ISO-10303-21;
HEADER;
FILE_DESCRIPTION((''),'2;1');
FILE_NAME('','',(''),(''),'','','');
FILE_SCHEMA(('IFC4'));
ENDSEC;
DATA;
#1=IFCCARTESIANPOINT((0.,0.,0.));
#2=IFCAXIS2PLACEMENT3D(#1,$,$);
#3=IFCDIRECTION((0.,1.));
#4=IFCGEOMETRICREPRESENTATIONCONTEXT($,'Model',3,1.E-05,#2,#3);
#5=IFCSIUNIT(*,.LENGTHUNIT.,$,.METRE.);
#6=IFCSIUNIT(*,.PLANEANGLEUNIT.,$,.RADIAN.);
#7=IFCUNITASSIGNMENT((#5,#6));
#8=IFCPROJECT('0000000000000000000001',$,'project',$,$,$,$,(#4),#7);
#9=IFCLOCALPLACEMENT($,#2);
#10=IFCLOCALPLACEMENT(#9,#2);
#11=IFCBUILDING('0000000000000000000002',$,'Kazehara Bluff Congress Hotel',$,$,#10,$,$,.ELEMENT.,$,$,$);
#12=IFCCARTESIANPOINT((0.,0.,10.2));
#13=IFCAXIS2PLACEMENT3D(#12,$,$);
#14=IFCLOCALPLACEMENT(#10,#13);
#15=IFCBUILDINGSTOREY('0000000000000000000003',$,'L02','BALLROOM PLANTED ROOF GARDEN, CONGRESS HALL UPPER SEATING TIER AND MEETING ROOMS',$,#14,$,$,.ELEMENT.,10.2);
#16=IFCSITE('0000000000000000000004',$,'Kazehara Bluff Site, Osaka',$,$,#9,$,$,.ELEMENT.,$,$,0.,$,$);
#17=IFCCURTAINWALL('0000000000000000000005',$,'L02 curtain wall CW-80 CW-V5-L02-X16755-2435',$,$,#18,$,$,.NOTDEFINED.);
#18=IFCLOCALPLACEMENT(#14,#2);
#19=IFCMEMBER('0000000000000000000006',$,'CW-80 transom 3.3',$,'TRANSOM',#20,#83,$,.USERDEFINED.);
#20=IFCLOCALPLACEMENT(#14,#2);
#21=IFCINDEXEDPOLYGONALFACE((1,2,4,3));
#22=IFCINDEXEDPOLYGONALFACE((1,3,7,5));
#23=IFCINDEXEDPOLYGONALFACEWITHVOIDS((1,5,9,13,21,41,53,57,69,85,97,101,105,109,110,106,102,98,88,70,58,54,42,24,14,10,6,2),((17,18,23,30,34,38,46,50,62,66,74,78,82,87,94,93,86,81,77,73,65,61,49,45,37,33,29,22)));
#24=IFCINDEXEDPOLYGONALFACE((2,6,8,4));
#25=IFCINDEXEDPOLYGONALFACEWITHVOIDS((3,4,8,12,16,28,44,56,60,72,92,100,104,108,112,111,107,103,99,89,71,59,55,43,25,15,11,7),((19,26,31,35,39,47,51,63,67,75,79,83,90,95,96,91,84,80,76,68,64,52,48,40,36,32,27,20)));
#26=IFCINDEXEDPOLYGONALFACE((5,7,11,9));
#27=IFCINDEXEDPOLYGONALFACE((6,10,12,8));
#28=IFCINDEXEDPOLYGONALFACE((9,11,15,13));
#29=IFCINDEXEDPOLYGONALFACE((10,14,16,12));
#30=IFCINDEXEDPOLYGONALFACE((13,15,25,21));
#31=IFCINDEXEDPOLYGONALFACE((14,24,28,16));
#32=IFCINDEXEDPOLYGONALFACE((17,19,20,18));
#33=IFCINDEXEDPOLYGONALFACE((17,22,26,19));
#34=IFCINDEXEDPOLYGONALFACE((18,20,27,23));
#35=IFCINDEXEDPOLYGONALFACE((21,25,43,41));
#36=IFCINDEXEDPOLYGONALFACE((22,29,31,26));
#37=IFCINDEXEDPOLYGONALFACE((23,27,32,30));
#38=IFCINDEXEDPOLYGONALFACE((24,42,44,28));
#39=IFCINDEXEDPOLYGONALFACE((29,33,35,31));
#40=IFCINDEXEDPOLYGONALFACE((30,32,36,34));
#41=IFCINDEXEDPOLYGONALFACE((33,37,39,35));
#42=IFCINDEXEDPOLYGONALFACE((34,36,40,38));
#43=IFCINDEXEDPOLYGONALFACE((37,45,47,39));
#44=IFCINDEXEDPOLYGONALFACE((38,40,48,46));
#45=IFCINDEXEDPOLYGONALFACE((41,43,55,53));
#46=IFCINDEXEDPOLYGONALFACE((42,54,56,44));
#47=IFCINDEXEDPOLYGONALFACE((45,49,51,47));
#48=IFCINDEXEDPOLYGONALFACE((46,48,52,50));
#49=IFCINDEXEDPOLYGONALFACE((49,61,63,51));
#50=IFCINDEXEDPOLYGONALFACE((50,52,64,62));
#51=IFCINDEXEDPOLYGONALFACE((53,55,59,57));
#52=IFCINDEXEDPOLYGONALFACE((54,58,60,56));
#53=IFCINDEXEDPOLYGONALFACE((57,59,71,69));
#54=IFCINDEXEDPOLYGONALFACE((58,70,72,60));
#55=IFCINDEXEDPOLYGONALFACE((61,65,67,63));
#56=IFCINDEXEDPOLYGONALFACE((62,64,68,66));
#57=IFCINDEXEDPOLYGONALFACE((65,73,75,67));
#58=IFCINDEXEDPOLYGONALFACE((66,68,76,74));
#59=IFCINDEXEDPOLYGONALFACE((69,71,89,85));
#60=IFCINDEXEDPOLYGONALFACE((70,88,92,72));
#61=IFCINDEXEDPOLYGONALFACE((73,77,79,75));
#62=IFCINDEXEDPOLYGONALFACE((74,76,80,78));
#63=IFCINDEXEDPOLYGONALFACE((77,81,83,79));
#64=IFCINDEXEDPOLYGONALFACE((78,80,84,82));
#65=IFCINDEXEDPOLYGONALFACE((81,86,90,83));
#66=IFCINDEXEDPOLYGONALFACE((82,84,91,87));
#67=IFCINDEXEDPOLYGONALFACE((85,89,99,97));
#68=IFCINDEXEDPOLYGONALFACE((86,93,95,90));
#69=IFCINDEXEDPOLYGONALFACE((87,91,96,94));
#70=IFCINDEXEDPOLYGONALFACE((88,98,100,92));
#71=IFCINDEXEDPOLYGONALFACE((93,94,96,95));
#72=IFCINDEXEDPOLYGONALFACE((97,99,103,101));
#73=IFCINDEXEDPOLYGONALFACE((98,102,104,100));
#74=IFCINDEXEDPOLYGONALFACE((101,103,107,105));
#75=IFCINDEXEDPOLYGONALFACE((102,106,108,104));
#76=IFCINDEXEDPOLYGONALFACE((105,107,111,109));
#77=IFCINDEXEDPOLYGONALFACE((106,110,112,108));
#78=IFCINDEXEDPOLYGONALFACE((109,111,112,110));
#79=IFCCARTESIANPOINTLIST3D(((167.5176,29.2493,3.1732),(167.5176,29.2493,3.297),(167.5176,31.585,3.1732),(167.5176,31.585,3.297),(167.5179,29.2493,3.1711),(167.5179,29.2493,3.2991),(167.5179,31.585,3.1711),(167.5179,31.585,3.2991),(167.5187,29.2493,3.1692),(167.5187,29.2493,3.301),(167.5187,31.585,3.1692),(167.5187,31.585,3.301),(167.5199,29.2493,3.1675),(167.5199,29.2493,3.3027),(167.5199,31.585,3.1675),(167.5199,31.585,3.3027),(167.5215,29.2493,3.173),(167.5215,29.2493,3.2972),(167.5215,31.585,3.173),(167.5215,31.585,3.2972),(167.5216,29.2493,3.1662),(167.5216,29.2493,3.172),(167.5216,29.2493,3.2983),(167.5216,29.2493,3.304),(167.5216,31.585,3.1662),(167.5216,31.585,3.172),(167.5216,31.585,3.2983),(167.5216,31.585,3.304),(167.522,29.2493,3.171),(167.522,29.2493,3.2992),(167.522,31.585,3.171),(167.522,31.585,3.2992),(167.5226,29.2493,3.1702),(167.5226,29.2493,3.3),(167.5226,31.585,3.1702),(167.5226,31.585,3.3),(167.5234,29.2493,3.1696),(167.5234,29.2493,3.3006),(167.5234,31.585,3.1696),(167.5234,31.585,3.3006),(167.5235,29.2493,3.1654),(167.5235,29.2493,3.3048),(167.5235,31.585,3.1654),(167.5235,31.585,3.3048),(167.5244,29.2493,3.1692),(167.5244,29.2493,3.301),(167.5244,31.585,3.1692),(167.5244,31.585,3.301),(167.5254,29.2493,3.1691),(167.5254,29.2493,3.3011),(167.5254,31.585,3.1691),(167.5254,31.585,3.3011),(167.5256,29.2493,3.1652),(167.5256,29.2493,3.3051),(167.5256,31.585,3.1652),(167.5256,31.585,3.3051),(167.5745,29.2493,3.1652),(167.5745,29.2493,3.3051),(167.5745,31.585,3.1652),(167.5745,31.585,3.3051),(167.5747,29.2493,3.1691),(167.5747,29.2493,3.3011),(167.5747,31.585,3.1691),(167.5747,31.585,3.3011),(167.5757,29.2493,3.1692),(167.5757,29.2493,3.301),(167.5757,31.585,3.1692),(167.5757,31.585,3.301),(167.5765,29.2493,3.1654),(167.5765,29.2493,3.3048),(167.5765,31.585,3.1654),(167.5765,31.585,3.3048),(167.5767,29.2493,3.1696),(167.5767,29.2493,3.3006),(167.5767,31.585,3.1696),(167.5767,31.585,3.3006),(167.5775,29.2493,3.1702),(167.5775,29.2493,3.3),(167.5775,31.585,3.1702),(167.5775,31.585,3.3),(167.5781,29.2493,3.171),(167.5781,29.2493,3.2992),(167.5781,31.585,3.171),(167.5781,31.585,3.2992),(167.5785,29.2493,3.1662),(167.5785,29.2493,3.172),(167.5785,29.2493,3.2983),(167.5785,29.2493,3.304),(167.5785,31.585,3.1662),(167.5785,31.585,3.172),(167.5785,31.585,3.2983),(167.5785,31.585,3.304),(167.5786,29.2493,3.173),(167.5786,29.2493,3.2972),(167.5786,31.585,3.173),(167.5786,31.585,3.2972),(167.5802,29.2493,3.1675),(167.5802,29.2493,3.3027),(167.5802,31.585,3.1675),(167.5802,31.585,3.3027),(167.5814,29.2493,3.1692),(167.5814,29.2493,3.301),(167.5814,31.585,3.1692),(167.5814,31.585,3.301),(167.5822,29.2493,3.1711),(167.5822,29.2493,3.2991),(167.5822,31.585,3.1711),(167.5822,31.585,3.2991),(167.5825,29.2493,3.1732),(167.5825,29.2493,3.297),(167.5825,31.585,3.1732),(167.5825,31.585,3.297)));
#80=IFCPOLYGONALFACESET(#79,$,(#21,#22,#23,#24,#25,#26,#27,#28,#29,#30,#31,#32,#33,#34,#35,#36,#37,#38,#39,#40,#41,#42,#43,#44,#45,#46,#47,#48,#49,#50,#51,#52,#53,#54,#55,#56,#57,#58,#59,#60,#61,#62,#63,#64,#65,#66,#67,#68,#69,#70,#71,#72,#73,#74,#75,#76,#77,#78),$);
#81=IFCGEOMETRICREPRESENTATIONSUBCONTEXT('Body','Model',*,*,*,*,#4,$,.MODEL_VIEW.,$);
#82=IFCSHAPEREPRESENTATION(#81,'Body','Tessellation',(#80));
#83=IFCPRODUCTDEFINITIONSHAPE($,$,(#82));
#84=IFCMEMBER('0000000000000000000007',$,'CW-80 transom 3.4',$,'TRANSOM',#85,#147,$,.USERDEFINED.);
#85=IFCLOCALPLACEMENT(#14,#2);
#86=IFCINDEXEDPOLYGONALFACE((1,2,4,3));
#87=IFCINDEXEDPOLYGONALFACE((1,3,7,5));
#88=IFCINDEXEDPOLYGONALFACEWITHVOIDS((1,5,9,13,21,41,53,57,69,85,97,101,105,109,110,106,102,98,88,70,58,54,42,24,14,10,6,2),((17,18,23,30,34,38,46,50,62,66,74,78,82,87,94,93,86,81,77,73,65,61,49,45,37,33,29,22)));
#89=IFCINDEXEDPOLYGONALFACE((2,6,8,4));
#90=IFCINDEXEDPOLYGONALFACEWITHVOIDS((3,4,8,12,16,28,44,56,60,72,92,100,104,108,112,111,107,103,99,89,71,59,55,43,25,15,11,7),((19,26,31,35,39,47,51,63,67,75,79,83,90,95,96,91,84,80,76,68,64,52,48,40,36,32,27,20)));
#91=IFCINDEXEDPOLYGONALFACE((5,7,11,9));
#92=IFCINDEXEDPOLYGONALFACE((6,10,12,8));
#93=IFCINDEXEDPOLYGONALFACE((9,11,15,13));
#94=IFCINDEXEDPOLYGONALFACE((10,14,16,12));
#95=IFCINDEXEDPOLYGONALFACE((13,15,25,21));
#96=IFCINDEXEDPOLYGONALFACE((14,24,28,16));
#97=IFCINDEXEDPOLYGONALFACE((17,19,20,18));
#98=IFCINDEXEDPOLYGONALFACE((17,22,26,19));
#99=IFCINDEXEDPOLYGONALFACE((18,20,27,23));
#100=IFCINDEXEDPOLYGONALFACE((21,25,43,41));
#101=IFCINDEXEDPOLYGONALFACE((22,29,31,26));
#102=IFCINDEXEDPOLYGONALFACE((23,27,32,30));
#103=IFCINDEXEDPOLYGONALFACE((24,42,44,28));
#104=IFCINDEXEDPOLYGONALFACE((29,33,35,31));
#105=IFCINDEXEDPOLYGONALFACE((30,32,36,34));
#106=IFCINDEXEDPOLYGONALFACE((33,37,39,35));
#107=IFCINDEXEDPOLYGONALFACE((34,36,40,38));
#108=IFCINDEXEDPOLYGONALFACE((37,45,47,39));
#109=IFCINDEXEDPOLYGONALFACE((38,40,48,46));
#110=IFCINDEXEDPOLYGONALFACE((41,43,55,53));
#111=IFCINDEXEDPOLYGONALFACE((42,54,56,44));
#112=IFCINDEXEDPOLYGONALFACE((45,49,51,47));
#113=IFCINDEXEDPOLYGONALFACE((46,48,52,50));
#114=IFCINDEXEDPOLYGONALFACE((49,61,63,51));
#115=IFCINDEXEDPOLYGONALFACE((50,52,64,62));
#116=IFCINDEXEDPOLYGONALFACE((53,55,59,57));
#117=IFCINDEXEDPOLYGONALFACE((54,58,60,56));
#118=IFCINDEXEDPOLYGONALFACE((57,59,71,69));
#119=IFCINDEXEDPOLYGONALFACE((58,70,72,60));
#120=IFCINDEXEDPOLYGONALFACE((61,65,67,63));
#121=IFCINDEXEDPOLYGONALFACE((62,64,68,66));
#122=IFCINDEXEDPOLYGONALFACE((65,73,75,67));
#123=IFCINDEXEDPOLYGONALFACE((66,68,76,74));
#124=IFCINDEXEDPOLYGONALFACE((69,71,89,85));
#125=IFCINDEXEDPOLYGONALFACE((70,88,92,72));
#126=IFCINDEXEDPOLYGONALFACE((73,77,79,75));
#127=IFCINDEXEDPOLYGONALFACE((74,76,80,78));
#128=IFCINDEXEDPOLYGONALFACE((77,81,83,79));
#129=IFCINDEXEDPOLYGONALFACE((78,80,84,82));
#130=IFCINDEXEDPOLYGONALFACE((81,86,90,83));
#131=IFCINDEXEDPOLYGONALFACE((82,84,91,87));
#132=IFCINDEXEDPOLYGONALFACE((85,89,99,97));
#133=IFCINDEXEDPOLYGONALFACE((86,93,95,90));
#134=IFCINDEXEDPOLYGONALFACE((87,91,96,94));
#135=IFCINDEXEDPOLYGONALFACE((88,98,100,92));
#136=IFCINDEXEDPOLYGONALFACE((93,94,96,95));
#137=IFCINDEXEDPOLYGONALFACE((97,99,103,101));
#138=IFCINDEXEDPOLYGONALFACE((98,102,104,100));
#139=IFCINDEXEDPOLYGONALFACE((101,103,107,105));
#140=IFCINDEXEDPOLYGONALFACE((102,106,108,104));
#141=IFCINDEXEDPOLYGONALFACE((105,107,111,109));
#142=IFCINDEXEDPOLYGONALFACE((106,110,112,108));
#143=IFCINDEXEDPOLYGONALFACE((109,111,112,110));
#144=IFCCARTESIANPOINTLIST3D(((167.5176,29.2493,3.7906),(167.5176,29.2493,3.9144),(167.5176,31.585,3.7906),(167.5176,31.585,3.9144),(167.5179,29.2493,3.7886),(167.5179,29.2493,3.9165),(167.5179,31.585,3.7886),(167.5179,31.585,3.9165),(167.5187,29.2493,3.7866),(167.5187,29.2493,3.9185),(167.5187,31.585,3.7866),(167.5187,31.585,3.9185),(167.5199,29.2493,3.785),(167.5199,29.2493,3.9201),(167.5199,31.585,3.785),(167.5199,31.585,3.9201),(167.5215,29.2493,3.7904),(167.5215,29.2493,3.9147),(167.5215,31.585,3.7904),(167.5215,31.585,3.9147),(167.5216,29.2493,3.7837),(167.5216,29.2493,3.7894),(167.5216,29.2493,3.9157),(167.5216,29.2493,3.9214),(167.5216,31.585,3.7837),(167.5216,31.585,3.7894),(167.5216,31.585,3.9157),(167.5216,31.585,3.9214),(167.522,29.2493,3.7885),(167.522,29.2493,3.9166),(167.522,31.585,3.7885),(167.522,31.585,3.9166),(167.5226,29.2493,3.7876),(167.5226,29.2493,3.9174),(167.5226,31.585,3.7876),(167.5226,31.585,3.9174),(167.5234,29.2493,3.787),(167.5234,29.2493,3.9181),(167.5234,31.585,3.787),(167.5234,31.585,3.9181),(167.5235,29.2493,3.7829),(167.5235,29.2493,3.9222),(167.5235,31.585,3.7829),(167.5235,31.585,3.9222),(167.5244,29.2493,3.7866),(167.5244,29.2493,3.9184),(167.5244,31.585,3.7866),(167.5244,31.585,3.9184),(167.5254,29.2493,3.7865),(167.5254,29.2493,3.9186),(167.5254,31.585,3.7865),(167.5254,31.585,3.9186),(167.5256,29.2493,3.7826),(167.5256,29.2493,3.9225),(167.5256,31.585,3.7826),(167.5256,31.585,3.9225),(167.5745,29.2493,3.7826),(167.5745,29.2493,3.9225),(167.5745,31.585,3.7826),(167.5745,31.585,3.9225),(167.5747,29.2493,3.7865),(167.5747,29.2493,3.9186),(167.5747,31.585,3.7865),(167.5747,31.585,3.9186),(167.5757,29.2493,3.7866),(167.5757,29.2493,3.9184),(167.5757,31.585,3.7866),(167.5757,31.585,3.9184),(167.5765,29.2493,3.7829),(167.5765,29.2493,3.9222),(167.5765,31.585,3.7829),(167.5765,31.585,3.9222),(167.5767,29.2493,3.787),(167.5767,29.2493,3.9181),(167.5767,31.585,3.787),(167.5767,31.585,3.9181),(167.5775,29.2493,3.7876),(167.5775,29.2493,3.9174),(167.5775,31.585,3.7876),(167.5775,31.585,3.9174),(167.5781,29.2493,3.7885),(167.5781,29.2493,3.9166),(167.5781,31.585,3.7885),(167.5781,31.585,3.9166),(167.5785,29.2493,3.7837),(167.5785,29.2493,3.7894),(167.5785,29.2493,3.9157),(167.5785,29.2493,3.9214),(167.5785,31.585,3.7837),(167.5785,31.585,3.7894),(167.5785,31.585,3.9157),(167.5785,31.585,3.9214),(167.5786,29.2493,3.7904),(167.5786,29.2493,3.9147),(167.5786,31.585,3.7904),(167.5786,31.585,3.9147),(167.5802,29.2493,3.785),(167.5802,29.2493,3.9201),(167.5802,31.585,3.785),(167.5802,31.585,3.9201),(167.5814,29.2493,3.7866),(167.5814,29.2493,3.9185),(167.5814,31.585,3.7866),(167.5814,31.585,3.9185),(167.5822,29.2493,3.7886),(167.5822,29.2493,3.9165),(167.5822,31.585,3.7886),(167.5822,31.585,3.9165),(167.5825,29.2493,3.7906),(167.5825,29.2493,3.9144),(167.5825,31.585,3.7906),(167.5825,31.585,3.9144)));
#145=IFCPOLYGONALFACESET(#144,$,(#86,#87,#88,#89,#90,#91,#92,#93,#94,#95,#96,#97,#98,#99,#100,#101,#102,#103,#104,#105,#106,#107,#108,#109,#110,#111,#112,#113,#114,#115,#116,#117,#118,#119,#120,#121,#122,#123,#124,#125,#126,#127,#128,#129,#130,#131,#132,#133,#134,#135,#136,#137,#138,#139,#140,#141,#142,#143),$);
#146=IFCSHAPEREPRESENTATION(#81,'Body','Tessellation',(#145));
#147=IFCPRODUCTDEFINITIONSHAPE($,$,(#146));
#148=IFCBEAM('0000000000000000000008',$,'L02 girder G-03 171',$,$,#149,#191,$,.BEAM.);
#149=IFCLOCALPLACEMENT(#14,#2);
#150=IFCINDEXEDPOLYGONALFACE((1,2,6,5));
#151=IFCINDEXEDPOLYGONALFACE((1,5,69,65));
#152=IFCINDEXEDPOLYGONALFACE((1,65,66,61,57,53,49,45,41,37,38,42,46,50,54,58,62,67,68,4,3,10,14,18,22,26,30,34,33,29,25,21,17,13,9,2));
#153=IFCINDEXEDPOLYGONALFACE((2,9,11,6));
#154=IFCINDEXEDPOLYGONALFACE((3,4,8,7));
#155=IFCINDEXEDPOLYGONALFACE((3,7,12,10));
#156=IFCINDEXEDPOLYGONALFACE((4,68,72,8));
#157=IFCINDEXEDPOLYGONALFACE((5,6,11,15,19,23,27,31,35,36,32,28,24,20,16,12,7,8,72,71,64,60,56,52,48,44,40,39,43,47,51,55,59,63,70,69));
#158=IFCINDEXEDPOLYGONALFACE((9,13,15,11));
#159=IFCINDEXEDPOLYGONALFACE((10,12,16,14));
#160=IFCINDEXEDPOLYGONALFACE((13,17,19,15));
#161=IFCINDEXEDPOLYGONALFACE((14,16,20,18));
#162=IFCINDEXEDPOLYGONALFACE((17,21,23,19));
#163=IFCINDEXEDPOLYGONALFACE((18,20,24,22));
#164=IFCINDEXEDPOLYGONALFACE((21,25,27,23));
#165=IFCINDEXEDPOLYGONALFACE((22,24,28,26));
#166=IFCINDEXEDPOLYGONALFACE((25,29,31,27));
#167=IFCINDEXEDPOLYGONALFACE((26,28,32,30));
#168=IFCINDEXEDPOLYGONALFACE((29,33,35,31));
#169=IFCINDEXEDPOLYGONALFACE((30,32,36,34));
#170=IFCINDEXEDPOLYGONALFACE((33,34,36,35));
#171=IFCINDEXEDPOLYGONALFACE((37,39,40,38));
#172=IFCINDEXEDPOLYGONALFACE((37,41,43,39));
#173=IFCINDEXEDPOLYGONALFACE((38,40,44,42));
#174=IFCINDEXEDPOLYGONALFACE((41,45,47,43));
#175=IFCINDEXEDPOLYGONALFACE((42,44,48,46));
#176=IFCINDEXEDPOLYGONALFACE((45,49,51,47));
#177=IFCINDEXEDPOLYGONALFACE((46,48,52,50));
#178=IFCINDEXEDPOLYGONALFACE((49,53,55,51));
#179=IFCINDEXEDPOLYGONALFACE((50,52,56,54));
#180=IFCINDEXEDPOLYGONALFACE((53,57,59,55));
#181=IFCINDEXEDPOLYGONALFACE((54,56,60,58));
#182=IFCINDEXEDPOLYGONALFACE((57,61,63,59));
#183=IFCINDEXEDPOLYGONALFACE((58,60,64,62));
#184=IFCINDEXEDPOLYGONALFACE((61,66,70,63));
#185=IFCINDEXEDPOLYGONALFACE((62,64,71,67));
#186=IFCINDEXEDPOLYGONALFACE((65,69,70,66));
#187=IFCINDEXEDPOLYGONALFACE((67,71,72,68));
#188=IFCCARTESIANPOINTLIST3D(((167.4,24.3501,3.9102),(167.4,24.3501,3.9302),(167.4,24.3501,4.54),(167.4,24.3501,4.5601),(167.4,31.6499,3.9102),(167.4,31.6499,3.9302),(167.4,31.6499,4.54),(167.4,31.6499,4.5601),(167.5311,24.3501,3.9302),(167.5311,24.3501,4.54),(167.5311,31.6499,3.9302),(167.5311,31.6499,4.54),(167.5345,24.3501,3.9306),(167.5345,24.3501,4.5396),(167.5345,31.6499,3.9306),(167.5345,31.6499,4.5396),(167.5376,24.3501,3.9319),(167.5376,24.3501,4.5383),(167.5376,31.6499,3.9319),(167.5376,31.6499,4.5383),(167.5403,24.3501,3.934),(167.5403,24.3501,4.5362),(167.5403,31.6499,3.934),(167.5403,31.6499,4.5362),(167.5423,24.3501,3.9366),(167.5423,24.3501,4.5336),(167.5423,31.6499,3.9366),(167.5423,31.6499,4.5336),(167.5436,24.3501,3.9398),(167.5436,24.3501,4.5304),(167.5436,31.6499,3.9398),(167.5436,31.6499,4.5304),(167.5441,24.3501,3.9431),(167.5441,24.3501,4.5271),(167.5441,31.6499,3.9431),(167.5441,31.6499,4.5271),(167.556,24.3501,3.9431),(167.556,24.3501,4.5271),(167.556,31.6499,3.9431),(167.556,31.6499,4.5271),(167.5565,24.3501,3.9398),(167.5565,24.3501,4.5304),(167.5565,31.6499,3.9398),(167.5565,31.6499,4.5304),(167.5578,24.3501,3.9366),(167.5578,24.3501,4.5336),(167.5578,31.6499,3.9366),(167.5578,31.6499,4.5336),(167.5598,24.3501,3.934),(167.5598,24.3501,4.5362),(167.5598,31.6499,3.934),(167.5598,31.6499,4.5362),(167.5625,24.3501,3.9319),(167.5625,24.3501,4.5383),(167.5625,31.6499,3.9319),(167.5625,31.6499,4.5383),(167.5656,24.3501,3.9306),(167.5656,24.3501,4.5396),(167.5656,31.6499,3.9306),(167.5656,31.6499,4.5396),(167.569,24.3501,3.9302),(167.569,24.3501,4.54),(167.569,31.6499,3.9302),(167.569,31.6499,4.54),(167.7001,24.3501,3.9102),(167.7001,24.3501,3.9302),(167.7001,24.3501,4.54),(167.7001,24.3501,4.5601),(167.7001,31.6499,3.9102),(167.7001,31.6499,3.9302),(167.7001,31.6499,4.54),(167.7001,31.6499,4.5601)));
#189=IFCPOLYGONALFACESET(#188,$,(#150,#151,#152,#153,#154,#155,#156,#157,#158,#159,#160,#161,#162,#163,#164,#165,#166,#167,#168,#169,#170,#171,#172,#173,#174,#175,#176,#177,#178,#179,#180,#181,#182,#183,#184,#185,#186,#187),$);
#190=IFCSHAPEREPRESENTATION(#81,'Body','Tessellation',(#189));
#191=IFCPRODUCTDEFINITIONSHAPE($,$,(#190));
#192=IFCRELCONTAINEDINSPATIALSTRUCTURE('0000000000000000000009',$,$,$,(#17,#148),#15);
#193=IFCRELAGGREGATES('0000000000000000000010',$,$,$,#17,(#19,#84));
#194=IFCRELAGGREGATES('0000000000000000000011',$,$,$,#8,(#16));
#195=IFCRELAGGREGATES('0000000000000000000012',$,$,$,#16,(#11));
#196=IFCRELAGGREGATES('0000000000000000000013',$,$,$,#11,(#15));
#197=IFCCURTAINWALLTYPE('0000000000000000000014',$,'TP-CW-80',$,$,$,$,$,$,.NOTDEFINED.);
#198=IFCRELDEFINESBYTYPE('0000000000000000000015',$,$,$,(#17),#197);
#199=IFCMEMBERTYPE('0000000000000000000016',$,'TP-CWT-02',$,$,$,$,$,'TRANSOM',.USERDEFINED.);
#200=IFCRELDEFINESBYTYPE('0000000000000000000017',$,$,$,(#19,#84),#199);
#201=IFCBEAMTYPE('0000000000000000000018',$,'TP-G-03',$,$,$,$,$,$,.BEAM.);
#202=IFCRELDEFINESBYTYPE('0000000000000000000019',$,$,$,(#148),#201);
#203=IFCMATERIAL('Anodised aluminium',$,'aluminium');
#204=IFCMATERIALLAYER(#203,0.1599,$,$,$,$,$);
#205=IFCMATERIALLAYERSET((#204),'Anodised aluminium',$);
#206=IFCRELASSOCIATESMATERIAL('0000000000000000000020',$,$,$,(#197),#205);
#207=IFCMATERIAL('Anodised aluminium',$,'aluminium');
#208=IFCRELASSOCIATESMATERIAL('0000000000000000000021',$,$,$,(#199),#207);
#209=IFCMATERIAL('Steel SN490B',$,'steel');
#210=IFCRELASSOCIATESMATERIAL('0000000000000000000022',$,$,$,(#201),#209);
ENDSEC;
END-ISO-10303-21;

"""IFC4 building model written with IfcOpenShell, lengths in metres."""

from ifc_helpers import new_model, si_unit, direction, frame, origin, origin_2d, place, context, subcontext, project, spatial, hollow_rectangle, i_section, extrude, material, layer, layer_set, material_profile, profile_set, type_object, element, aggregate, save


model = new_model("IFC4")

# Units and contexts
model_context = context("Model", 3, precision=1e-05, world=origin(), true_north=direction((0.0, 1.0)))
body_context = subcontext(model_context, "Body", "Model", "MODEL_VIEW")
ifc_project = project(units=[si_unit("LENGTHUNIT", "METRE"), si_unit("PLANEANGLEUNIT", "RADIAN")], contexts=[model_context])

# Site, building, storey
site_placement = place(None, origin())
site = spatial("IfcSite", under=ifc_project, at=site_placement, Name="Kazehara Bluff Site, Osaka", CompositionType="ELEMENT", RefElevation=0.0)
building_placement = place(site_placement, origin())
building = spatial("IfcBuilding", under=site, at=building_placement, Name="Kazehara Bluff Congress Hotel", CompositionType="ELEMENT")
storey_placement = place(building_placement, frame((0.0, 0.0, 10.2)))
storey = spatial("IfcBuildingStorey", under=building, at=storey_placement, Name="L02", Description="BALLROOM PLANTED ROOF GARDEN, CONGRESS HALL UPPER SEATING TIER AND MEETING ROOMS", CompositionType="ELEMENT", Elevation=10.2)

# Curtain wall, members
ifc_material_1 = material(Name="Anodised aluminium", Category="aluminium")
ifc_layer_1 = layer(ifc_material_1, 0.1599)
ifc_layer_set_1 = layer_set([ifc_layer_1], Name="Anodised aluminium")
curtain_wall_type = type_object("IfcCurtainWallType", Name="TP-CW-80", PredefinedType="NOTDEFINED", material=ifc_layer_set_1)
curtain_wall_placement = place(storey_placement, origin())
curtain_wall = element("IfcCurtainWall", 1, at=curtain_wall_placement, inside=storey, type_object=curtain_wall_type, Name="L02 curtain wall CW-80 CW-V5-L02-X16755-2435", PredefinedType="NOTDEFINED")
ifc_material_2 = material(Name="Anodised aluminium", Category="aluminium")
ifc_material_profile_1 = material_profile(ifc_material_2, hollow_rectangle(XDim=0.0649, YDim=0.1399, WallThickness=0.0039, InnerFilletRadius=0.0039, OuterFilletRadius=0.0081, at=origin_2d()))
ifc_profile_set_1 = profile_set([ifc_material_profile_1], Name="Anodised aluminium")
member_type_1 = type_object("IfcMemberType", Name="TP-CWT-02", ElementType="TRANSOM", PredefinedType="USERDEFINED", material=ifc_profile_set_1)
member_1_placement = place(storey_placement, frame((167.55, 29.2493, 3.2351), z_axis=(0.0, 1.0, 0.0), x_axis=(-1.0, 0.0, 0.0)))
member_1 = element("IfcMember", 2, at=member_1_placement, type_object=member_type_1, Name="CW-80 transom 3.3", ObjectType="TRANSOM", PredefinedType="USERDEFINED", context=body_context, shape_type="SweptSolid", body=[
    extrude(hollow_rectangle(XDim=0.0649, YDim=0.1399, WallThickness=0.0039, InnerFilletRadius=0.0039, OuterFilletRadius=0.0081, at=origin_2d()), origin(), (0.0, 0.0, 1.0), 2.3357),
])
member_2_placement = place(storey_placement, frame((167.55, 29.2493, 3.8525), z_axis=(0.0, 1.0, 0.0), x_axis=(-1.0, 0.0, 0.0)))
member_2 = element("IfcMember", 3, at=member_2_placement, type_object=member_type_1, Name="CW-80 transom 3.4", ObjectType="TRANSOM", PredefinedType="USERDEFINED", context=body_context, shape_type="SweptSolid", body=[
    extrude(hollow_rectangle(XDim=0.0649, YDim=0.1399, WallThickness=0.0039, InnerFilletRadius=0.0039, OuterFilletRadius=0.0081, at=origin_2d()), origin(), (0.0, 0.0, 1.0), 2.3357),
])

# Beam
ifc_material_3 = material(Name="Steel SN490B", Category="steel")
ifc_material_profile_2 = material_profile(ifc_material_3, i_section(OverallWidth=0.3, OverallDepth=0.6499, WebThickness=0.012, FlangeThickness=0.02, FilletRadius=0.0129, at=origin_2d()))
ifc_profile_set_2 = profile_set([ifc_material_profile_2], Name="Steel SN490B")
beam_type_1 = type_object("IfcBeamType", Name="TP-G-03", PredefinedType="BEAM", material=ifc_profile_set_2)
beam_1_placement = place(storey_placement, frame((167.55, 24.3501, 4.2351), z_axis=(0.0, 1.0, 0.0), x_axis=(-1.0, 0.0, 0.0)))
element("IfcBeam", 4, at=beam_1_placement, inside=storey, type_object=beam_type_1, Name="L02 girder G-03 171", PredefinedType="BEAM", context=body_context, shape_type="SweptSolid", body=[
    extrude(i_section(OverallWidth=0.3, OverallDepth=0.6499, WebThickness=0.012, FlangeThickness=0.02, FilletRadius=0.0129, at=origin_2d()), origin(), (0.0, 0.0, 1.0), 7.2998),
])

aggregate(curtain_wall, [member_1, member_2])

save(model, "model.ifc")
